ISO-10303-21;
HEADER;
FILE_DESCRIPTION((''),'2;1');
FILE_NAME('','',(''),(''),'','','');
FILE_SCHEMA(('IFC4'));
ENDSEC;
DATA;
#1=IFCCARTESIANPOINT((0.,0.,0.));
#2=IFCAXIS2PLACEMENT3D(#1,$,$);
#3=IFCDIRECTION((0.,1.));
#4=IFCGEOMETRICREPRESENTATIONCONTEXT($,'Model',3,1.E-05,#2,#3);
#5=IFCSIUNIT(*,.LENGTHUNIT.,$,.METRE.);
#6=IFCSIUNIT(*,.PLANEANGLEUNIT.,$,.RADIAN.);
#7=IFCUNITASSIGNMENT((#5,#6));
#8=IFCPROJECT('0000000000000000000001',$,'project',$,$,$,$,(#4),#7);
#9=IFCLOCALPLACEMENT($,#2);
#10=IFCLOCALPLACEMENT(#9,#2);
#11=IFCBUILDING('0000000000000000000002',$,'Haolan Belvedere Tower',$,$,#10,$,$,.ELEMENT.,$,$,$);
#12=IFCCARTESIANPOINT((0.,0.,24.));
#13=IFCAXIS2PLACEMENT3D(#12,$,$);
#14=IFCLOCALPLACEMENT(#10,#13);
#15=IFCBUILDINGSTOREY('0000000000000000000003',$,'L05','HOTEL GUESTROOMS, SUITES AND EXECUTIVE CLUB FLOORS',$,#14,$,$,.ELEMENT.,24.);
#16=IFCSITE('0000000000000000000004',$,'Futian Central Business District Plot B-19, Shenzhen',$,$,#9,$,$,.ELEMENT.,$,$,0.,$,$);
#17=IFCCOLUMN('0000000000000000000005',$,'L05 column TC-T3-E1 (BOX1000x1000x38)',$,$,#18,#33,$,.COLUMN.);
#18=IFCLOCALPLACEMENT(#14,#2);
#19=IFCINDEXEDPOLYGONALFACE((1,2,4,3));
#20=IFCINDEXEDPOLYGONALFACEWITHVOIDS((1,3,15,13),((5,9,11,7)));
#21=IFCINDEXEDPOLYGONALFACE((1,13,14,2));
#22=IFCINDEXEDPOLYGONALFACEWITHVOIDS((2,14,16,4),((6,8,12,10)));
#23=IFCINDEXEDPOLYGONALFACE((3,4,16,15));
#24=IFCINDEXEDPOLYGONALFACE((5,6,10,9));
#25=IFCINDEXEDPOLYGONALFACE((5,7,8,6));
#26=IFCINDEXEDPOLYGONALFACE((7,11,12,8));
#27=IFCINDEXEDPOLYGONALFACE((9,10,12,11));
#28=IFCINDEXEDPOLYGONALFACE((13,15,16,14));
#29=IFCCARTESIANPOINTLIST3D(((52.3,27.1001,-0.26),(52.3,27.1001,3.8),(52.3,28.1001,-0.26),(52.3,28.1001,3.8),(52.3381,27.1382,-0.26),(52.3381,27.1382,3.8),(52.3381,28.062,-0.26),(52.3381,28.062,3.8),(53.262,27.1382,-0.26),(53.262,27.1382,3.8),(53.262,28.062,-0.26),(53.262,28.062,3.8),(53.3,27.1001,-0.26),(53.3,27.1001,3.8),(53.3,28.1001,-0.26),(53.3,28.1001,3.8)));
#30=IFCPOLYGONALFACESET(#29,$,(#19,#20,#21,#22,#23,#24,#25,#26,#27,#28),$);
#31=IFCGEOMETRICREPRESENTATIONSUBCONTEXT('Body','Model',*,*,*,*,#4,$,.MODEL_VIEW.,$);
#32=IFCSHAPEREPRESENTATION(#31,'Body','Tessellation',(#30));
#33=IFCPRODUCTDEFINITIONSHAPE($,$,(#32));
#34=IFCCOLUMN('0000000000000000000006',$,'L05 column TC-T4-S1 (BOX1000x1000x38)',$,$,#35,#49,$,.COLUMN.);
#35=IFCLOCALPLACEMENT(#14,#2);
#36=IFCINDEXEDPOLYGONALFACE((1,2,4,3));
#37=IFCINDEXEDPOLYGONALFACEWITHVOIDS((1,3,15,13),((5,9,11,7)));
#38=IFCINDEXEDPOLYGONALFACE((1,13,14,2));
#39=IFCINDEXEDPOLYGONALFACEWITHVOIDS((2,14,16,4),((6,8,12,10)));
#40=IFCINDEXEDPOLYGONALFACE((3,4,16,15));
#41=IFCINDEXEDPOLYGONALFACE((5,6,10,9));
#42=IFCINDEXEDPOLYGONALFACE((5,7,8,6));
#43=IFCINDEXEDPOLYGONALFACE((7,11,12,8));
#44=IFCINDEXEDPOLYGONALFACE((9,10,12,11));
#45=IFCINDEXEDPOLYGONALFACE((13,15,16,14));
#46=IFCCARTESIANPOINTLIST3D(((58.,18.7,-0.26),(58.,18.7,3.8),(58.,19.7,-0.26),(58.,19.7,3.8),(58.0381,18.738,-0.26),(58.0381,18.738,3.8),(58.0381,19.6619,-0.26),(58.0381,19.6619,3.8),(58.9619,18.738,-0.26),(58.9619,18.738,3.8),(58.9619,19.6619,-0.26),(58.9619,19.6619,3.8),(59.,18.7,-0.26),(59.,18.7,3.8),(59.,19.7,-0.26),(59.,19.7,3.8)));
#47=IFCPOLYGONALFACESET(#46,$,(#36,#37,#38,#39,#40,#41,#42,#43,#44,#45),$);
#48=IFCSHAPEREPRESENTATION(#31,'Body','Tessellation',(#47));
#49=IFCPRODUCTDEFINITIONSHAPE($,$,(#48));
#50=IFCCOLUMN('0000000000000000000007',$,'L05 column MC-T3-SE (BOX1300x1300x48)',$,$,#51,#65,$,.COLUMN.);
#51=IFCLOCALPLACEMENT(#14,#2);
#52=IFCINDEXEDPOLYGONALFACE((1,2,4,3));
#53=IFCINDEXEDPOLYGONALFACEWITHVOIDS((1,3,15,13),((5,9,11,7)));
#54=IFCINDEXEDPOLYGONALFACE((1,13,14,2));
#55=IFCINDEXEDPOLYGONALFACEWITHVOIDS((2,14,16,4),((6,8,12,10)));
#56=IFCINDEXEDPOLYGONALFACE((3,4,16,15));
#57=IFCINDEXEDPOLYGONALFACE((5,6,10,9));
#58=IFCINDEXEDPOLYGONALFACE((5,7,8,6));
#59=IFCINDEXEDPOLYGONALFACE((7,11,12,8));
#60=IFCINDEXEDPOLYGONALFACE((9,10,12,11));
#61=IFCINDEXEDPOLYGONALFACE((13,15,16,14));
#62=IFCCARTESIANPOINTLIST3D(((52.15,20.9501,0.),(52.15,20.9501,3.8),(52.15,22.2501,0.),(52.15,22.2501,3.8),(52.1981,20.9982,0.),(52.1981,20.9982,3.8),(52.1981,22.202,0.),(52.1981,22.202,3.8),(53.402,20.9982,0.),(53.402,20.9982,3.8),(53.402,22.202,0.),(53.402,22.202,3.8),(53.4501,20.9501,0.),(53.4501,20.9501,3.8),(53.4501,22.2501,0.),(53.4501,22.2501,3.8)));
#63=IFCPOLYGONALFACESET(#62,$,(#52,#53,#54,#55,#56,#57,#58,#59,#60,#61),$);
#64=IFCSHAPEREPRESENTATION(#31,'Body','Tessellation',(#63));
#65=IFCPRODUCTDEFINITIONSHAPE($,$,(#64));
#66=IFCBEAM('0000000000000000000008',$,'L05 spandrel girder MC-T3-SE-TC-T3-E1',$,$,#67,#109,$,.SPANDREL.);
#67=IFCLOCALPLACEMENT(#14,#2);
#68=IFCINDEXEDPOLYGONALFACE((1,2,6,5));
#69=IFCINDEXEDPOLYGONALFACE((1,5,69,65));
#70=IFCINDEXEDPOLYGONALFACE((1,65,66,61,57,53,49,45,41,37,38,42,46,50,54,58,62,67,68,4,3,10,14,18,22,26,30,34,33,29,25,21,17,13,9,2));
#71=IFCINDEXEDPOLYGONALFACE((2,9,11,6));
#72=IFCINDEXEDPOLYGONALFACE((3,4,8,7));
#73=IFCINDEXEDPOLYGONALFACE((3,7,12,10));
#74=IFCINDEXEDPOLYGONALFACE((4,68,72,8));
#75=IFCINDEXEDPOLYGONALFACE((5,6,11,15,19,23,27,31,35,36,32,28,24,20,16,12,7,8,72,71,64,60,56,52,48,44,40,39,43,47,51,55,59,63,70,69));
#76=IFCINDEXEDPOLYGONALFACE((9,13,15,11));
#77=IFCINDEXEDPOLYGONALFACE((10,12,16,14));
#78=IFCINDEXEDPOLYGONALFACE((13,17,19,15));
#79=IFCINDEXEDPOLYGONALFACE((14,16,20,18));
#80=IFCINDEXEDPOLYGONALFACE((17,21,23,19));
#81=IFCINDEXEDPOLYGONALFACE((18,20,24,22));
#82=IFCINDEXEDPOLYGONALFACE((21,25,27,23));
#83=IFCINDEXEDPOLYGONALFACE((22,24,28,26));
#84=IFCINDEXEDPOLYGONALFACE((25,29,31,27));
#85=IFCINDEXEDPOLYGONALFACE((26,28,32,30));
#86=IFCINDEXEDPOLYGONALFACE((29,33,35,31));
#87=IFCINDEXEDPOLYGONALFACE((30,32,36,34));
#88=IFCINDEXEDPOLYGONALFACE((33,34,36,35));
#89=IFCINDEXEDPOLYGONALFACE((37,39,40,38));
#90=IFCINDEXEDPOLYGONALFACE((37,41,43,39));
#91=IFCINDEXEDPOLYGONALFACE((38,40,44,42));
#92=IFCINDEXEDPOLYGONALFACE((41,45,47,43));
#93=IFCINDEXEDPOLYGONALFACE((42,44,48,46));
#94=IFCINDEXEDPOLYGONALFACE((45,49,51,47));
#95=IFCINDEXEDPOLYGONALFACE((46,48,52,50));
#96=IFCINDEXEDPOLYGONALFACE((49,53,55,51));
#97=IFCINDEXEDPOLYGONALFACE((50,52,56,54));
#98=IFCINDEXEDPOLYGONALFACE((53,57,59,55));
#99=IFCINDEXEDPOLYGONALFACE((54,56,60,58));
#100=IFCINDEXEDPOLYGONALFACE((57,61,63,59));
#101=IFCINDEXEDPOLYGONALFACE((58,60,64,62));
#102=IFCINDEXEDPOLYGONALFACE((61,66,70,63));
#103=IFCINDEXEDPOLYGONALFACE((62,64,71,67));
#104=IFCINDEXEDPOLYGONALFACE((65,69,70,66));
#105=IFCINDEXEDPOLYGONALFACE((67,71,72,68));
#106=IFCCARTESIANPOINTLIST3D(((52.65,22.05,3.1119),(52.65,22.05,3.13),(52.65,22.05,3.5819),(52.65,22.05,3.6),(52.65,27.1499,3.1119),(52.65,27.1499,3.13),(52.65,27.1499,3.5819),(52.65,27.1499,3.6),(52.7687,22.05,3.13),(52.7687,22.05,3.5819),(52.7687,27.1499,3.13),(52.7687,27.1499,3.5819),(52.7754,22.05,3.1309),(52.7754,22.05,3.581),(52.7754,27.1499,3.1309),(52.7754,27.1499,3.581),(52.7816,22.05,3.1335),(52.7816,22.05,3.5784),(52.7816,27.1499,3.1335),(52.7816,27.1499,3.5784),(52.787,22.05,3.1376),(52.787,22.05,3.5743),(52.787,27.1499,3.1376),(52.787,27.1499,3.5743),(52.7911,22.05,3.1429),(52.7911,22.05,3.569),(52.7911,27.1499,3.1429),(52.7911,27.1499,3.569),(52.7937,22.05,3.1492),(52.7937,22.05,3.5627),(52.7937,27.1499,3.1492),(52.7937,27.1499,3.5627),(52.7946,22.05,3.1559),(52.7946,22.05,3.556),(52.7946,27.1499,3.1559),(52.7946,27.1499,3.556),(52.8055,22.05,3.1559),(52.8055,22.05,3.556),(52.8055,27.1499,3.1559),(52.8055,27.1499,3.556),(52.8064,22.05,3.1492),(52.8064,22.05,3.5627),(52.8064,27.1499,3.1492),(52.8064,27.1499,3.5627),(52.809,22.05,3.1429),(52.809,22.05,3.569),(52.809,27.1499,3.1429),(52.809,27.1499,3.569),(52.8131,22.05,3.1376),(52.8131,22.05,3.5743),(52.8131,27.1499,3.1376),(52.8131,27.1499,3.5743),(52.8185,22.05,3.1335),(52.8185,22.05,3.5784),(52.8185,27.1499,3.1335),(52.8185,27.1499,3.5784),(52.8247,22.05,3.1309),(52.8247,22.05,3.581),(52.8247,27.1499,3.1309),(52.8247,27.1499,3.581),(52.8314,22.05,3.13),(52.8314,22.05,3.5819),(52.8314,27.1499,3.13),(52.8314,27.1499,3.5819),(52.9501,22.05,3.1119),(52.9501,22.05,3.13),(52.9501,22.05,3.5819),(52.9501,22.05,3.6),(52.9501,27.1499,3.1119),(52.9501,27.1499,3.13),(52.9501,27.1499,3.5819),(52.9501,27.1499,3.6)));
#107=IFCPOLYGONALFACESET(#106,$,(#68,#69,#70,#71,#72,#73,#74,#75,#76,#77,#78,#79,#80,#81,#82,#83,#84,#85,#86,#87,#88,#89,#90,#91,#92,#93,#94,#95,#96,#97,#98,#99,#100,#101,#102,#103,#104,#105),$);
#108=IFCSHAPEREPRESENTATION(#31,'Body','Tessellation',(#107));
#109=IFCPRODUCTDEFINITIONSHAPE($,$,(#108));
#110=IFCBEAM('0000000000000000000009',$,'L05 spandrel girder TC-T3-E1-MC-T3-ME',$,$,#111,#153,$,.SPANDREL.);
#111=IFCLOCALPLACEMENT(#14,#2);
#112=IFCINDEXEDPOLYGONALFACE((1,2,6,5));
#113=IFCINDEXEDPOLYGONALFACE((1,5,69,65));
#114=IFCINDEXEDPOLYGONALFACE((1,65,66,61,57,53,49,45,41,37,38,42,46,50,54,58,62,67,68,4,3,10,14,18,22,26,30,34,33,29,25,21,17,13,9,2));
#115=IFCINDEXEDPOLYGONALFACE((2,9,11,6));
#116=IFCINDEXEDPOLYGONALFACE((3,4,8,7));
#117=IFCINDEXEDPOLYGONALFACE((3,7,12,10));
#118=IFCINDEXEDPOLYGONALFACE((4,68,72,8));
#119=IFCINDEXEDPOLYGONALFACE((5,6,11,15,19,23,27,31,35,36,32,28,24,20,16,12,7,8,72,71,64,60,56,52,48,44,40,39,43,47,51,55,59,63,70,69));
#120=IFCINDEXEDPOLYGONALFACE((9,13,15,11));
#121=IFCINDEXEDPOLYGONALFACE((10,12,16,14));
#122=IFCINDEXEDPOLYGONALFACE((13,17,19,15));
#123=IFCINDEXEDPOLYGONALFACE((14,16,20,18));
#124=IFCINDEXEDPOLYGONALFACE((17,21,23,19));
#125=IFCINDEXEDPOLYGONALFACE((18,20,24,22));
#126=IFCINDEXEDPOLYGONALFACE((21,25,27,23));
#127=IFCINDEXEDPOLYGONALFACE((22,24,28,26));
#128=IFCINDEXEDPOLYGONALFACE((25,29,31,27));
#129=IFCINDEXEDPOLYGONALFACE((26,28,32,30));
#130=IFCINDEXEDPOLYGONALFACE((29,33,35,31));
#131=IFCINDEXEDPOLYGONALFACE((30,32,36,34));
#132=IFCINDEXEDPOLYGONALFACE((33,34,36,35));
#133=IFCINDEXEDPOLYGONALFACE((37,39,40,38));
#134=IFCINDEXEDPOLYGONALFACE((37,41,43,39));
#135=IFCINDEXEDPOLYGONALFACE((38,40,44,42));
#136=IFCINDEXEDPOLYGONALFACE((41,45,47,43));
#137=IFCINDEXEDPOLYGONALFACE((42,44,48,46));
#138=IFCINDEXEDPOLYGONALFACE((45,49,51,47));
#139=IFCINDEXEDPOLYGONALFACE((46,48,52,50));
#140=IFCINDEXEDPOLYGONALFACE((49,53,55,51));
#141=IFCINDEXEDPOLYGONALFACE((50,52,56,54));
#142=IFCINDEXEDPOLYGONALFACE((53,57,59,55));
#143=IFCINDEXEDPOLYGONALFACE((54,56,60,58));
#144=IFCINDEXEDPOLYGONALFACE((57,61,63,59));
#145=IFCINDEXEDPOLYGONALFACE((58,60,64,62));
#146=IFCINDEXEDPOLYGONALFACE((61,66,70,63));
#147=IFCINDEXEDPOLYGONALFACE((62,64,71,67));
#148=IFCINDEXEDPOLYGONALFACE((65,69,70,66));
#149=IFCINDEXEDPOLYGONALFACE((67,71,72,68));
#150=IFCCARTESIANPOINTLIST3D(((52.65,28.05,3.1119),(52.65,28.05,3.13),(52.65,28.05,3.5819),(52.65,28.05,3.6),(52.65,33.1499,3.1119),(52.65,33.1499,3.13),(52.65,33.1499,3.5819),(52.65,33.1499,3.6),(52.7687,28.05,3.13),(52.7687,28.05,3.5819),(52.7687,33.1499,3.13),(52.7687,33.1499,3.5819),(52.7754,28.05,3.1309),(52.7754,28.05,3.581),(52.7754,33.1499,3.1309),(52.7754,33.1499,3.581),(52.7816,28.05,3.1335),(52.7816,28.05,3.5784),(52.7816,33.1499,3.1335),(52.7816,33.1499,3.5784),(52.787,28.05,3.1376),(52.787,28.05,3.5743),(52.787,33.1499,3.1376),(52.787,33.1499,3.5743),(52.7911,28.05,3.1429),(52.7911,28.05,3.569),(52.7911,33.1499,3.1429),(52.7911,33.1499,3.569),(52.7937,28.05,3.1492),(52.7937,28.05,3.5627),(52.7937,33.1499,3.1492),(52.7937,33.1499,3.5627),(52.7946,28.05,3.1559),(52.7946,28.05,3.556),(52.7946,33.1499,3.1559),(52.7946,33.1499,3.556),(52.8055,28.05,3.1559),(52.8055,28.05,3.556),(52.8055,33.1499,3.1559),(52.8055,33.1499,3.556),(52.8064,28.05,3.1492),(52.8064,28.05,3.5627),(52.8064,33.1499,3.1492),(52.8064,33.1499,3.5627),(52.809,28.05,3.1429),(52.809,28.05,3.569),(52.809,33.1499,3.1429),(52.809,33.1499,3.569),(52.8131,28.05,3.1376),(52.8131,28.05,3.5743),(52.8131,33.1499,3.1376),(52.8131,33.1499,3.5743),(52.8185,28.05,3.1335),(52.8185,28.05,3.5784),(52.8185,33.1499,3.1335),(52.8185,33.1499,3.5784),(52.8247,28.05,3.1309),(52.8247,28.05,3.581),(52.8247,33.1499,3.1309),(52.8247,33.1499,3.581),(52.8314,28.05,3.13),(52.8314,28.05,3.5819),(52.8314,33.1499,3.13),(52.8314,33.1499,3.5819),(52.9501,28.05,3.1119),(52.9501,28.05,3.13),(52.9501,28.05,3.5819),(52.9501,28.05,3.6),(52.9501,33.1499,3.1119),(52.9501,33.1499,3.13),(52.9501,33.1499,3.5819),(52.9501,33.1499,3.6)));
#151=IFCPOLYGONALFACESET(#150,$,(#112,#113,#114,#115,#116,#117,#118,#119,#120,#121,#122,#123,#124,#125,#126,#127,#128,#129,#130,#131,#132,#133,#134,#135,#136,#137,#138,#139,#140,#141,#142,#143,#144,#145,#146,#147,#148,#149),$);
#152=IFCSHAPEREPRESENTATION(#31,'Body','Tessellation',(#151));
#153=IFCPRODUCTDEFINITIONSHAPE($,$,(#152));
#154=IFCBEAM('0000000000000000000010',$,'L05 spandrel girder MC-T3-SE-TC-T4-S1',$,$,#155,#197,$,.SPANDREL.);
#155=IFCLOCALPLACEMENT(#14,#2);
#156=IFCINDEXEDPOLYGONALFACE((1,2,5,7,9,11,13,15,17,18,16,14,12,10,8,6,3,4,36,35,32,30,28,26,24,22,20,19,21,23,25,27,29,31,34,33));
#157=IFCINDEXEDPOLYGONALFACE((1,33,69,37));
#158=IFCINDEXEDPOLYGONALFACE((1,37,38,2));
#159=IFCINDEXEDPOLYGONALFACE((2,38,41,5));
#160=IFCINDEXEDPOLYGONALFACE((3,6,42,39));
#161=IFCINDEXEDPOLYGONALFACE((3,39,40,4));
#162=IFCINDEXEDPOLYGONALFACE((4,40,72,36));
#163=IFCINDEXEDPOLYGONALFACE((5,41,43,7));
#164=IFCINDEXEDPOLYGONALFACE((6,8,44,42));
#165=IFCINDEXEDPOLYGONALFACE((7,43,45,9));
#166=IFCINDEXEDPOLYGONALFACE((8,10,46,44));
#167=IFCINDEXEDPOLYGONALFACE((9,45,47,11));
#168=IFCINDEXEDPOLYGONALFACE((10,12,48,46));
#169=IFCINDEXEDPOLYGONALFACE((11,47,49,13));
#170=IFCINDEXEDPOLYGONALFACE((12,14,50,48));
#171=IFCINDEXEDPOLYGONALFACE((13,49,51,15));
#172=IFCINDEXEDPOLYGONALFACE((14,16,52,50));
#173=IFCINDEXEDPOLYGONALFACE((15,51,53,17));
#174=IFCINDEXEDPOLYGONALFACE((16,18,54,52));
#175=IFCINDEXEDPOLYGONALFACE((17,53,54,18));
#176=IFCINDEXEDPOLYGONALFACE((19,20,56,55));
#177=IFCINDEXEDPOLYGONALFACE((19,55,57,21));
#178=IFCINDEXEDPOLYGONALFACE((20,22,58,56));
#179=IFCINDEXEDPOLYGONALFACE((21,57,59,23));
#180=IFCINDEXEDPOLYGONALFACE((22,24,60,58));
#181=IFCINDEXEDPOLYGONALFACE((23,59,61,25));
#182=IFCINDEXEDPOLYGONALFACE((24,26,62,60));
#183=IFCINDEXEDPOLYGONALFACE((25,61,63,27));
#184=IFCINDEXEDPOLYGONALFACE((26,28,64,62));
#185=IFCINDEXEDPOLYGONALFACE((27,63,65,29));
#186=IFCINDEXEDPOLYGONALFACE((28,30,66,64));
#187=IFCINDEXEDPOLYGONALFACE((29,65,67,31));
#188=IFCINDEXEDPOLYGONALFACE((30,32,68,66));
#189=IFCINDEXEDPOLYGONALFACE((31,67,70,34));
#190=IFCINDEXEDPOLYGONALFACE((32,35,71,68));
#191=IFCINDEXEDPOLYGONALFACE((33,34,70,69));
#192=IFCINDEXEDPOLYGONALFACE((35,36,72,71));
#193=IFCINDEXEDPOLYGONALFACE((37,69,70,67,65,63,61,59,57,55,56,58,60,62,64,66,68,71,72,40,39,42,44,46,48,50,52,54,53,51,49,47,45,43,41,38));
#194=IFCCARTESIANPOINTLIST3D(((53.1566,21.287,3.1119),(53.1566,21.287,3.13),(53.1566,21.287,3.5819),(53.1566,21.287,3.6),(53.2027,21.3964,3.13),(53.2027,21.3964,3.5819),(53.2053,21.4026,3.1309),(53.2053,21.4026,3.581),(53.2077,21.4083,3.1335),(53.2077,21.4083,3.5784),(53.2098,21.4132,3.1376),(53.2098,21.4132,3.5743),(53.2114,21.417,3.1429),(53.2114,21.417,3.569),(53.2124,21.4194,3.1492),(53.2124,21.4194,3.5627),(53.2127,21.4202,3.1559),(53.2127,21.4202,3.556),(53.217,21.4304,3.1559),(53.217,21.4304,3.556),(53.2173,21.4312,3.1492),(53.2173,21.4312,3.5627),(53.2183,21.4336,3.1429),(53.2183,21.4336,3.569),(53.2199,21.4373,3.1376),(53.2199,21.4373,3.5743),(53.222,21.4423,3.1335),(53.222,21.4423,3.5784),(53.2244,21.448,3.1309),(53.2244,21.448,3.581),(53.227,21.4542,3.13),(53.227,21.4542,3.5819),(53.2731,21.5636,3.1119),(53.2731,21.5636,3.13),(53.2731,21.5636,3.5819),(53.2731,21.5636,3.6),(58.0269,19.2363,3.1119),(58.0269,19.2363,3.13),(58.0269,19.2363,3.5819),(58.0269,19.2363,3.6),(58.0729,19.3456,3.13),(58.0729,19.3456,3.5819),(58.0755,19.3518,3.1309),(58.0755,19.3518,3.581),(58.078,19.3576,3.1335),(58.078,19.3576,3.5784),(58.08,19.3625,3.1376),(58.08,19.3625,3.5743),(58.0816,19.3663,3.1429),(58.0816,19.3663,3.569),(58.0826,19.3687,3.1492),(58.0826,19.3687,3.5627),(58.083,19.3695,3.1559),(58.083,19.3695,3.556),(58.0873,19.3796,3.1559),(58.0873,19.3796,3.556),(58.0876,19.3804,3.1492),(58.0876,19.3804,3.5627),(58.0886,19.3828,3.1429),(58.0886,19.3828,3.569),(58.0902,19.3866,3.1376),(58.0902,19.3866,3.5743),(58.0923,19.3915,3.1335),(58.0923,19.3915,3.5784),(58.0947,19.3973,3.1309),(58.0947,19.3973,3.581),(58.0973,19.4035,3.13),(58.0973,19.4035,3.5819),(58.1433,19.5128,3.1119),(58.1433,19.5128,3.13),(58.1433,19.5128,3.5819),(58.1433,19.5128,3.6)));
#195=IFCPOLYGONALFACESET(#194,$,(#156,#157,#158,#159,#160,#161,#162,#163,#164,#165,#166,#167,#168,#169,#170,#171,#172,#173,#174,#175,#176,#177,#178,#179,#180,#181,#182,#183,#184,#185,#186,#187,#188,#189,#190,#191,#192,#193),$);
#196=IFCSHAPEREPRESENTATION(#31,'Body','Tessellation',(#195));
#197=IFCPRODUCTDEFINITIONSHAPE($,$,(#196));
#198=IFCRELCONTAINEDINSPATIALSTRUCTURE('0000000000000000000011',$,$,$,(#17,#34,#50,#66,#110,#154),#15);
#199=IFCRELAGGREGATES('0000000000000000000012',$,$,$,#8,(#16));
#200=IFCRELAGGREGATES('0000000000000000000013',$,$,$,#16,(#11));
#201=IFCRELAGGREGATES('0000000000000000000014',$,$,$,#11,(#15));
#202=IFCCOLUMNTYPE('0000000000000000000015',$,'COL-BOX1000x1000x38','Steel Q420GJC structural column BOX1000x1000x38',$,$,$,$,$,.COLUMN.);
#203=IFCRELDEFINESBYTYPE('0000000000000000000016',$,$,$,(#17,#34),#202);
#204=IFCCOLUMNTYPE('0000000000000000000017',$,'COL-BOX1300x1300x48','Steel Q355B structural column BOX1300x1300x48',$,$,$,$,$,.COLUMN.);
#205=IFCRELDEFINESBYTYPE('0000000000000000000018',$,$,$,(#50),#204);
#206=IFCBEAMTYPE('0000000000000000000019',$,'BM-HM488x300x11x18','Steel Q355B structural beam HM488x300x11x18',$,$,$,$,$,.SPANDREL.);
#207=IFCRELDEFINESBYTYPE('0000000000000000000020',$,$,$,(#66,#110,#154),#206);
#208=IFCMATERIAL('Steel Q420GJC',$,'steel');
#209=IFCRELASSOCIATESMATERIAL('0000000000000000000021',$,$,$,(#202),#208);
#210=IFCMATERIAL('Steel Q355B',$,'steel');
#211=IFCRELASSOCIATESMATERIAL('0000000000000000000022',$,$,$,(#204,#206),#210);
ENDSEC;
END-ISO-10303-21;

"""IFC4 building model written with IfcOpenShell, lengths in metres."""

from ifc_helpers import new_model, si_unit, direction, frame, origin, origin_2d, place, context, subcontext, project, spatial, hollow_rectangle, i_section, extrude, material, material_profile, profile_set, type_object, element, save


model = new_model("IFC4")

# Units and contexts
model_context = context("Model", 3, precision=1e-05, world=origin(), true_north=direction((0.0, 1.0)))
body_context = subcontext(model_context, "Body", "Model", "MODEL_VIEW")
ifc_project = project(units=[si_unit("LENGTHUNIT", "METRE"), si_unit("PLANEANGLEUNIT", "RADIAN")], contexts=[model_context])

# Site, building, storey
site_placement = place(None, origin())
site = spatial("IfcSite", under=ifc_project, at=site_placement, Name="Futian Central Business District Plot B-19, Shenzhen", CompositionType="ELEMENT", RefElevation=0.0)
building_placement = place(site_placement, origin())
building = spatial("IfcBuilding", under=site, at=building_placement, Name="Haolan Belvedere Tower", CompositionType="ELEMENT")
storey_placement = place(building_placement, frame((0.0, 0.0, 24.0)))
storey = spatial("IfcBuildingStorey", under=building, at=storey_placement, Name="L05", Description="HOTEL GUESTROOMS, SUITES AND EXECUTIVE CLUB FLOORS", CompositionType="ELEMENT", Elevation=24.0)

# Columns
ifc_material_1 = material(Name="Steel Q420GJC", Category="steel")
ifc_material_profile_1 = material_profile(ifc_material_1, hollow_rectangle(XDim=1.0, YDim=1.0, WallThickness=0.0381, at=origin_2d()), Name="Steel Q420GJC")
ifc_profile_set_1 = profile_set([ifc_material_profile_1], Name="Steel Q420GJC")
column_type_1 = type_object("IfcColumnType", Name="COL-BOX1000x1000x38", Description="Steel Q420GJC structural column BOX1000x1000x38", PredefinedType="COLUMN", material=ifc_profile_set_1)
for number, where, z_axis, x_axis, name in (
    (1, (52.8, 27.6001, -0.26), (0.0, 0.0, 1.0), (1.0, 0.0, 0.0), "L05 column TC-T3-E1 (BOX1000x1000x38)"),
    (2, (58.5, 19.2, -0.26), (0.0, 0.0, 1.0), (1.0, 0.0, 0.0), "L05 column TC-T4-S1 (BOX1000x1000x38)"),
):
    element("IfcColumn", number, at=place(storey_placement, frame(where, z_axis=z_axis, x_axis=x_axis)), inside=storey, type_object=column_type_1, Name=name, PredefinedType="COLUMN", context=body_context, shape_type="SweptSolid", body=[
        extrude(hollow_rectangle(XDim=1.0, YDim=1.0, WallThickness=0.0381, at=origin_2d()), origin(), (0.0, 0.0, 1.0), 4.0601),
    ])
ifc_material_2 = material(Name="Steel Q355B", Category="steel")
ifc_material_profile_2 = material_profile(ifc_material_2, hollow_rectangle(XDim=1.3, YDim=1.3, WallThickness=0.0481, at=origin_2d()), Name="Steel Q355B")
ifc_profile_set_2 = profile_set([ifc_material_profile_2], Name="Steel Q355B")
column_type_2 = type_object("IfcColumnType", Name="COL-BOX1300x1300x48", Description="Steel Q355B structural column BOX1300x1300x48", PredefinedType="COLUMN", material=ifc_profile_set_2)
column_placement = place(storey_placement, frame((52.8, 21.6001, 0.0), z_axis=(0.0, 0.0, 1.0), x_axis=(1.0, 0.0, 0.0)))
element("IfcColumn", 3, at=column_placement, inside=storey, type_object=column_type_2, Name="L05 column MC-T3-SE (BOX1300x1300x48)", PredefinedType="COLUMN", context=body_context, shape_type="SweptSolid", body=[
    extrude(hollow_rectangle(XDim=1.3, YDim=1.3, WallThickness=0.0481, at=origin_2d()), origin(), (0.0, 0.0, 1.0), 3.8),
])

# Beams
ifc_material_profile_3 = material_profile(ifc_material_2, i_section(OverallWidth=0.3, OverallDepth=0.488, WebThickness=0.011, FlangeThickness=0.0181, FilletRadius=0.0259, at=origin_2d()), Name="Steel Q355B")
ifc_profile_set_3 = profile_set([ifc_material_profile_3], Name="Steel Q355B")
beam_type_1 = type_object("IfcBeamType", Name="BM-HM488x300x11x18", Description="Steel Q355B structural beam HM488x300x11x18", PredefinedType="SPANDREL", material=ifc_profile_set_3)
for number, where, z_axis, x_axis, name in (
    (4, (52.8, 22.05, 3.356), (0.0, 1.0, 0.0), (-1.0, 0.0, 0.0), "L05 spandrel girder MC-T3-SE-TC-T3-E1"),
    (5, (52.8, 28.05, 3.356), (0.0, 1.0, 0.0), (-1.0, 0.0, 0.0), "L05 spandrel girder TC-T3-E1-MC-T3-ME"),
):
    element("IfcBeam", number, at=place(storey_placement, frame(where, z_axis=z_axis, x_axis=x_axis)), inside=storey, type_object=beam_type_1, Name=name, PredefinedType="SPANDREL", context=body_context, shape_type="SweptSolid", body=[
        extrude(i_section(OverallWidth=0.3, OverallDepth=0.488, WebThickness=0.011, FlangeThickness=0.0181, FilletRadius=0.0259, at=origin_2d()), origin(), (0.0, 0.0, 1.0), 5.0999),
    ])
beam_1_placement = place(storey_placement, frame((53.2148, 21.4253, 3.356), z_axis=(0.921628, -0.388074, 0.0), x_axis=(0.388074, 0.921628, 0.0)))
element("IfcBeam", 6, at=beam_1_placement, inside=storey, type_object=beam_type_1, Name="L05 spandrel girder MC-T3-SE-TC-T4-S1", PredefinedType="SPANDREL", context=body_context, shape_type="SweptSolid", body=[
    extrude(i_section(OverallWidth=0.3, OverallDepth=0.488, WebThickness=0.011, FlangeThickness=0.0181, FilletRadius=0.0259, at=origin_2d()), origin(), (0.0, 0.0, 1.0), 5.2844),
])

save(model, "model.ifc")
